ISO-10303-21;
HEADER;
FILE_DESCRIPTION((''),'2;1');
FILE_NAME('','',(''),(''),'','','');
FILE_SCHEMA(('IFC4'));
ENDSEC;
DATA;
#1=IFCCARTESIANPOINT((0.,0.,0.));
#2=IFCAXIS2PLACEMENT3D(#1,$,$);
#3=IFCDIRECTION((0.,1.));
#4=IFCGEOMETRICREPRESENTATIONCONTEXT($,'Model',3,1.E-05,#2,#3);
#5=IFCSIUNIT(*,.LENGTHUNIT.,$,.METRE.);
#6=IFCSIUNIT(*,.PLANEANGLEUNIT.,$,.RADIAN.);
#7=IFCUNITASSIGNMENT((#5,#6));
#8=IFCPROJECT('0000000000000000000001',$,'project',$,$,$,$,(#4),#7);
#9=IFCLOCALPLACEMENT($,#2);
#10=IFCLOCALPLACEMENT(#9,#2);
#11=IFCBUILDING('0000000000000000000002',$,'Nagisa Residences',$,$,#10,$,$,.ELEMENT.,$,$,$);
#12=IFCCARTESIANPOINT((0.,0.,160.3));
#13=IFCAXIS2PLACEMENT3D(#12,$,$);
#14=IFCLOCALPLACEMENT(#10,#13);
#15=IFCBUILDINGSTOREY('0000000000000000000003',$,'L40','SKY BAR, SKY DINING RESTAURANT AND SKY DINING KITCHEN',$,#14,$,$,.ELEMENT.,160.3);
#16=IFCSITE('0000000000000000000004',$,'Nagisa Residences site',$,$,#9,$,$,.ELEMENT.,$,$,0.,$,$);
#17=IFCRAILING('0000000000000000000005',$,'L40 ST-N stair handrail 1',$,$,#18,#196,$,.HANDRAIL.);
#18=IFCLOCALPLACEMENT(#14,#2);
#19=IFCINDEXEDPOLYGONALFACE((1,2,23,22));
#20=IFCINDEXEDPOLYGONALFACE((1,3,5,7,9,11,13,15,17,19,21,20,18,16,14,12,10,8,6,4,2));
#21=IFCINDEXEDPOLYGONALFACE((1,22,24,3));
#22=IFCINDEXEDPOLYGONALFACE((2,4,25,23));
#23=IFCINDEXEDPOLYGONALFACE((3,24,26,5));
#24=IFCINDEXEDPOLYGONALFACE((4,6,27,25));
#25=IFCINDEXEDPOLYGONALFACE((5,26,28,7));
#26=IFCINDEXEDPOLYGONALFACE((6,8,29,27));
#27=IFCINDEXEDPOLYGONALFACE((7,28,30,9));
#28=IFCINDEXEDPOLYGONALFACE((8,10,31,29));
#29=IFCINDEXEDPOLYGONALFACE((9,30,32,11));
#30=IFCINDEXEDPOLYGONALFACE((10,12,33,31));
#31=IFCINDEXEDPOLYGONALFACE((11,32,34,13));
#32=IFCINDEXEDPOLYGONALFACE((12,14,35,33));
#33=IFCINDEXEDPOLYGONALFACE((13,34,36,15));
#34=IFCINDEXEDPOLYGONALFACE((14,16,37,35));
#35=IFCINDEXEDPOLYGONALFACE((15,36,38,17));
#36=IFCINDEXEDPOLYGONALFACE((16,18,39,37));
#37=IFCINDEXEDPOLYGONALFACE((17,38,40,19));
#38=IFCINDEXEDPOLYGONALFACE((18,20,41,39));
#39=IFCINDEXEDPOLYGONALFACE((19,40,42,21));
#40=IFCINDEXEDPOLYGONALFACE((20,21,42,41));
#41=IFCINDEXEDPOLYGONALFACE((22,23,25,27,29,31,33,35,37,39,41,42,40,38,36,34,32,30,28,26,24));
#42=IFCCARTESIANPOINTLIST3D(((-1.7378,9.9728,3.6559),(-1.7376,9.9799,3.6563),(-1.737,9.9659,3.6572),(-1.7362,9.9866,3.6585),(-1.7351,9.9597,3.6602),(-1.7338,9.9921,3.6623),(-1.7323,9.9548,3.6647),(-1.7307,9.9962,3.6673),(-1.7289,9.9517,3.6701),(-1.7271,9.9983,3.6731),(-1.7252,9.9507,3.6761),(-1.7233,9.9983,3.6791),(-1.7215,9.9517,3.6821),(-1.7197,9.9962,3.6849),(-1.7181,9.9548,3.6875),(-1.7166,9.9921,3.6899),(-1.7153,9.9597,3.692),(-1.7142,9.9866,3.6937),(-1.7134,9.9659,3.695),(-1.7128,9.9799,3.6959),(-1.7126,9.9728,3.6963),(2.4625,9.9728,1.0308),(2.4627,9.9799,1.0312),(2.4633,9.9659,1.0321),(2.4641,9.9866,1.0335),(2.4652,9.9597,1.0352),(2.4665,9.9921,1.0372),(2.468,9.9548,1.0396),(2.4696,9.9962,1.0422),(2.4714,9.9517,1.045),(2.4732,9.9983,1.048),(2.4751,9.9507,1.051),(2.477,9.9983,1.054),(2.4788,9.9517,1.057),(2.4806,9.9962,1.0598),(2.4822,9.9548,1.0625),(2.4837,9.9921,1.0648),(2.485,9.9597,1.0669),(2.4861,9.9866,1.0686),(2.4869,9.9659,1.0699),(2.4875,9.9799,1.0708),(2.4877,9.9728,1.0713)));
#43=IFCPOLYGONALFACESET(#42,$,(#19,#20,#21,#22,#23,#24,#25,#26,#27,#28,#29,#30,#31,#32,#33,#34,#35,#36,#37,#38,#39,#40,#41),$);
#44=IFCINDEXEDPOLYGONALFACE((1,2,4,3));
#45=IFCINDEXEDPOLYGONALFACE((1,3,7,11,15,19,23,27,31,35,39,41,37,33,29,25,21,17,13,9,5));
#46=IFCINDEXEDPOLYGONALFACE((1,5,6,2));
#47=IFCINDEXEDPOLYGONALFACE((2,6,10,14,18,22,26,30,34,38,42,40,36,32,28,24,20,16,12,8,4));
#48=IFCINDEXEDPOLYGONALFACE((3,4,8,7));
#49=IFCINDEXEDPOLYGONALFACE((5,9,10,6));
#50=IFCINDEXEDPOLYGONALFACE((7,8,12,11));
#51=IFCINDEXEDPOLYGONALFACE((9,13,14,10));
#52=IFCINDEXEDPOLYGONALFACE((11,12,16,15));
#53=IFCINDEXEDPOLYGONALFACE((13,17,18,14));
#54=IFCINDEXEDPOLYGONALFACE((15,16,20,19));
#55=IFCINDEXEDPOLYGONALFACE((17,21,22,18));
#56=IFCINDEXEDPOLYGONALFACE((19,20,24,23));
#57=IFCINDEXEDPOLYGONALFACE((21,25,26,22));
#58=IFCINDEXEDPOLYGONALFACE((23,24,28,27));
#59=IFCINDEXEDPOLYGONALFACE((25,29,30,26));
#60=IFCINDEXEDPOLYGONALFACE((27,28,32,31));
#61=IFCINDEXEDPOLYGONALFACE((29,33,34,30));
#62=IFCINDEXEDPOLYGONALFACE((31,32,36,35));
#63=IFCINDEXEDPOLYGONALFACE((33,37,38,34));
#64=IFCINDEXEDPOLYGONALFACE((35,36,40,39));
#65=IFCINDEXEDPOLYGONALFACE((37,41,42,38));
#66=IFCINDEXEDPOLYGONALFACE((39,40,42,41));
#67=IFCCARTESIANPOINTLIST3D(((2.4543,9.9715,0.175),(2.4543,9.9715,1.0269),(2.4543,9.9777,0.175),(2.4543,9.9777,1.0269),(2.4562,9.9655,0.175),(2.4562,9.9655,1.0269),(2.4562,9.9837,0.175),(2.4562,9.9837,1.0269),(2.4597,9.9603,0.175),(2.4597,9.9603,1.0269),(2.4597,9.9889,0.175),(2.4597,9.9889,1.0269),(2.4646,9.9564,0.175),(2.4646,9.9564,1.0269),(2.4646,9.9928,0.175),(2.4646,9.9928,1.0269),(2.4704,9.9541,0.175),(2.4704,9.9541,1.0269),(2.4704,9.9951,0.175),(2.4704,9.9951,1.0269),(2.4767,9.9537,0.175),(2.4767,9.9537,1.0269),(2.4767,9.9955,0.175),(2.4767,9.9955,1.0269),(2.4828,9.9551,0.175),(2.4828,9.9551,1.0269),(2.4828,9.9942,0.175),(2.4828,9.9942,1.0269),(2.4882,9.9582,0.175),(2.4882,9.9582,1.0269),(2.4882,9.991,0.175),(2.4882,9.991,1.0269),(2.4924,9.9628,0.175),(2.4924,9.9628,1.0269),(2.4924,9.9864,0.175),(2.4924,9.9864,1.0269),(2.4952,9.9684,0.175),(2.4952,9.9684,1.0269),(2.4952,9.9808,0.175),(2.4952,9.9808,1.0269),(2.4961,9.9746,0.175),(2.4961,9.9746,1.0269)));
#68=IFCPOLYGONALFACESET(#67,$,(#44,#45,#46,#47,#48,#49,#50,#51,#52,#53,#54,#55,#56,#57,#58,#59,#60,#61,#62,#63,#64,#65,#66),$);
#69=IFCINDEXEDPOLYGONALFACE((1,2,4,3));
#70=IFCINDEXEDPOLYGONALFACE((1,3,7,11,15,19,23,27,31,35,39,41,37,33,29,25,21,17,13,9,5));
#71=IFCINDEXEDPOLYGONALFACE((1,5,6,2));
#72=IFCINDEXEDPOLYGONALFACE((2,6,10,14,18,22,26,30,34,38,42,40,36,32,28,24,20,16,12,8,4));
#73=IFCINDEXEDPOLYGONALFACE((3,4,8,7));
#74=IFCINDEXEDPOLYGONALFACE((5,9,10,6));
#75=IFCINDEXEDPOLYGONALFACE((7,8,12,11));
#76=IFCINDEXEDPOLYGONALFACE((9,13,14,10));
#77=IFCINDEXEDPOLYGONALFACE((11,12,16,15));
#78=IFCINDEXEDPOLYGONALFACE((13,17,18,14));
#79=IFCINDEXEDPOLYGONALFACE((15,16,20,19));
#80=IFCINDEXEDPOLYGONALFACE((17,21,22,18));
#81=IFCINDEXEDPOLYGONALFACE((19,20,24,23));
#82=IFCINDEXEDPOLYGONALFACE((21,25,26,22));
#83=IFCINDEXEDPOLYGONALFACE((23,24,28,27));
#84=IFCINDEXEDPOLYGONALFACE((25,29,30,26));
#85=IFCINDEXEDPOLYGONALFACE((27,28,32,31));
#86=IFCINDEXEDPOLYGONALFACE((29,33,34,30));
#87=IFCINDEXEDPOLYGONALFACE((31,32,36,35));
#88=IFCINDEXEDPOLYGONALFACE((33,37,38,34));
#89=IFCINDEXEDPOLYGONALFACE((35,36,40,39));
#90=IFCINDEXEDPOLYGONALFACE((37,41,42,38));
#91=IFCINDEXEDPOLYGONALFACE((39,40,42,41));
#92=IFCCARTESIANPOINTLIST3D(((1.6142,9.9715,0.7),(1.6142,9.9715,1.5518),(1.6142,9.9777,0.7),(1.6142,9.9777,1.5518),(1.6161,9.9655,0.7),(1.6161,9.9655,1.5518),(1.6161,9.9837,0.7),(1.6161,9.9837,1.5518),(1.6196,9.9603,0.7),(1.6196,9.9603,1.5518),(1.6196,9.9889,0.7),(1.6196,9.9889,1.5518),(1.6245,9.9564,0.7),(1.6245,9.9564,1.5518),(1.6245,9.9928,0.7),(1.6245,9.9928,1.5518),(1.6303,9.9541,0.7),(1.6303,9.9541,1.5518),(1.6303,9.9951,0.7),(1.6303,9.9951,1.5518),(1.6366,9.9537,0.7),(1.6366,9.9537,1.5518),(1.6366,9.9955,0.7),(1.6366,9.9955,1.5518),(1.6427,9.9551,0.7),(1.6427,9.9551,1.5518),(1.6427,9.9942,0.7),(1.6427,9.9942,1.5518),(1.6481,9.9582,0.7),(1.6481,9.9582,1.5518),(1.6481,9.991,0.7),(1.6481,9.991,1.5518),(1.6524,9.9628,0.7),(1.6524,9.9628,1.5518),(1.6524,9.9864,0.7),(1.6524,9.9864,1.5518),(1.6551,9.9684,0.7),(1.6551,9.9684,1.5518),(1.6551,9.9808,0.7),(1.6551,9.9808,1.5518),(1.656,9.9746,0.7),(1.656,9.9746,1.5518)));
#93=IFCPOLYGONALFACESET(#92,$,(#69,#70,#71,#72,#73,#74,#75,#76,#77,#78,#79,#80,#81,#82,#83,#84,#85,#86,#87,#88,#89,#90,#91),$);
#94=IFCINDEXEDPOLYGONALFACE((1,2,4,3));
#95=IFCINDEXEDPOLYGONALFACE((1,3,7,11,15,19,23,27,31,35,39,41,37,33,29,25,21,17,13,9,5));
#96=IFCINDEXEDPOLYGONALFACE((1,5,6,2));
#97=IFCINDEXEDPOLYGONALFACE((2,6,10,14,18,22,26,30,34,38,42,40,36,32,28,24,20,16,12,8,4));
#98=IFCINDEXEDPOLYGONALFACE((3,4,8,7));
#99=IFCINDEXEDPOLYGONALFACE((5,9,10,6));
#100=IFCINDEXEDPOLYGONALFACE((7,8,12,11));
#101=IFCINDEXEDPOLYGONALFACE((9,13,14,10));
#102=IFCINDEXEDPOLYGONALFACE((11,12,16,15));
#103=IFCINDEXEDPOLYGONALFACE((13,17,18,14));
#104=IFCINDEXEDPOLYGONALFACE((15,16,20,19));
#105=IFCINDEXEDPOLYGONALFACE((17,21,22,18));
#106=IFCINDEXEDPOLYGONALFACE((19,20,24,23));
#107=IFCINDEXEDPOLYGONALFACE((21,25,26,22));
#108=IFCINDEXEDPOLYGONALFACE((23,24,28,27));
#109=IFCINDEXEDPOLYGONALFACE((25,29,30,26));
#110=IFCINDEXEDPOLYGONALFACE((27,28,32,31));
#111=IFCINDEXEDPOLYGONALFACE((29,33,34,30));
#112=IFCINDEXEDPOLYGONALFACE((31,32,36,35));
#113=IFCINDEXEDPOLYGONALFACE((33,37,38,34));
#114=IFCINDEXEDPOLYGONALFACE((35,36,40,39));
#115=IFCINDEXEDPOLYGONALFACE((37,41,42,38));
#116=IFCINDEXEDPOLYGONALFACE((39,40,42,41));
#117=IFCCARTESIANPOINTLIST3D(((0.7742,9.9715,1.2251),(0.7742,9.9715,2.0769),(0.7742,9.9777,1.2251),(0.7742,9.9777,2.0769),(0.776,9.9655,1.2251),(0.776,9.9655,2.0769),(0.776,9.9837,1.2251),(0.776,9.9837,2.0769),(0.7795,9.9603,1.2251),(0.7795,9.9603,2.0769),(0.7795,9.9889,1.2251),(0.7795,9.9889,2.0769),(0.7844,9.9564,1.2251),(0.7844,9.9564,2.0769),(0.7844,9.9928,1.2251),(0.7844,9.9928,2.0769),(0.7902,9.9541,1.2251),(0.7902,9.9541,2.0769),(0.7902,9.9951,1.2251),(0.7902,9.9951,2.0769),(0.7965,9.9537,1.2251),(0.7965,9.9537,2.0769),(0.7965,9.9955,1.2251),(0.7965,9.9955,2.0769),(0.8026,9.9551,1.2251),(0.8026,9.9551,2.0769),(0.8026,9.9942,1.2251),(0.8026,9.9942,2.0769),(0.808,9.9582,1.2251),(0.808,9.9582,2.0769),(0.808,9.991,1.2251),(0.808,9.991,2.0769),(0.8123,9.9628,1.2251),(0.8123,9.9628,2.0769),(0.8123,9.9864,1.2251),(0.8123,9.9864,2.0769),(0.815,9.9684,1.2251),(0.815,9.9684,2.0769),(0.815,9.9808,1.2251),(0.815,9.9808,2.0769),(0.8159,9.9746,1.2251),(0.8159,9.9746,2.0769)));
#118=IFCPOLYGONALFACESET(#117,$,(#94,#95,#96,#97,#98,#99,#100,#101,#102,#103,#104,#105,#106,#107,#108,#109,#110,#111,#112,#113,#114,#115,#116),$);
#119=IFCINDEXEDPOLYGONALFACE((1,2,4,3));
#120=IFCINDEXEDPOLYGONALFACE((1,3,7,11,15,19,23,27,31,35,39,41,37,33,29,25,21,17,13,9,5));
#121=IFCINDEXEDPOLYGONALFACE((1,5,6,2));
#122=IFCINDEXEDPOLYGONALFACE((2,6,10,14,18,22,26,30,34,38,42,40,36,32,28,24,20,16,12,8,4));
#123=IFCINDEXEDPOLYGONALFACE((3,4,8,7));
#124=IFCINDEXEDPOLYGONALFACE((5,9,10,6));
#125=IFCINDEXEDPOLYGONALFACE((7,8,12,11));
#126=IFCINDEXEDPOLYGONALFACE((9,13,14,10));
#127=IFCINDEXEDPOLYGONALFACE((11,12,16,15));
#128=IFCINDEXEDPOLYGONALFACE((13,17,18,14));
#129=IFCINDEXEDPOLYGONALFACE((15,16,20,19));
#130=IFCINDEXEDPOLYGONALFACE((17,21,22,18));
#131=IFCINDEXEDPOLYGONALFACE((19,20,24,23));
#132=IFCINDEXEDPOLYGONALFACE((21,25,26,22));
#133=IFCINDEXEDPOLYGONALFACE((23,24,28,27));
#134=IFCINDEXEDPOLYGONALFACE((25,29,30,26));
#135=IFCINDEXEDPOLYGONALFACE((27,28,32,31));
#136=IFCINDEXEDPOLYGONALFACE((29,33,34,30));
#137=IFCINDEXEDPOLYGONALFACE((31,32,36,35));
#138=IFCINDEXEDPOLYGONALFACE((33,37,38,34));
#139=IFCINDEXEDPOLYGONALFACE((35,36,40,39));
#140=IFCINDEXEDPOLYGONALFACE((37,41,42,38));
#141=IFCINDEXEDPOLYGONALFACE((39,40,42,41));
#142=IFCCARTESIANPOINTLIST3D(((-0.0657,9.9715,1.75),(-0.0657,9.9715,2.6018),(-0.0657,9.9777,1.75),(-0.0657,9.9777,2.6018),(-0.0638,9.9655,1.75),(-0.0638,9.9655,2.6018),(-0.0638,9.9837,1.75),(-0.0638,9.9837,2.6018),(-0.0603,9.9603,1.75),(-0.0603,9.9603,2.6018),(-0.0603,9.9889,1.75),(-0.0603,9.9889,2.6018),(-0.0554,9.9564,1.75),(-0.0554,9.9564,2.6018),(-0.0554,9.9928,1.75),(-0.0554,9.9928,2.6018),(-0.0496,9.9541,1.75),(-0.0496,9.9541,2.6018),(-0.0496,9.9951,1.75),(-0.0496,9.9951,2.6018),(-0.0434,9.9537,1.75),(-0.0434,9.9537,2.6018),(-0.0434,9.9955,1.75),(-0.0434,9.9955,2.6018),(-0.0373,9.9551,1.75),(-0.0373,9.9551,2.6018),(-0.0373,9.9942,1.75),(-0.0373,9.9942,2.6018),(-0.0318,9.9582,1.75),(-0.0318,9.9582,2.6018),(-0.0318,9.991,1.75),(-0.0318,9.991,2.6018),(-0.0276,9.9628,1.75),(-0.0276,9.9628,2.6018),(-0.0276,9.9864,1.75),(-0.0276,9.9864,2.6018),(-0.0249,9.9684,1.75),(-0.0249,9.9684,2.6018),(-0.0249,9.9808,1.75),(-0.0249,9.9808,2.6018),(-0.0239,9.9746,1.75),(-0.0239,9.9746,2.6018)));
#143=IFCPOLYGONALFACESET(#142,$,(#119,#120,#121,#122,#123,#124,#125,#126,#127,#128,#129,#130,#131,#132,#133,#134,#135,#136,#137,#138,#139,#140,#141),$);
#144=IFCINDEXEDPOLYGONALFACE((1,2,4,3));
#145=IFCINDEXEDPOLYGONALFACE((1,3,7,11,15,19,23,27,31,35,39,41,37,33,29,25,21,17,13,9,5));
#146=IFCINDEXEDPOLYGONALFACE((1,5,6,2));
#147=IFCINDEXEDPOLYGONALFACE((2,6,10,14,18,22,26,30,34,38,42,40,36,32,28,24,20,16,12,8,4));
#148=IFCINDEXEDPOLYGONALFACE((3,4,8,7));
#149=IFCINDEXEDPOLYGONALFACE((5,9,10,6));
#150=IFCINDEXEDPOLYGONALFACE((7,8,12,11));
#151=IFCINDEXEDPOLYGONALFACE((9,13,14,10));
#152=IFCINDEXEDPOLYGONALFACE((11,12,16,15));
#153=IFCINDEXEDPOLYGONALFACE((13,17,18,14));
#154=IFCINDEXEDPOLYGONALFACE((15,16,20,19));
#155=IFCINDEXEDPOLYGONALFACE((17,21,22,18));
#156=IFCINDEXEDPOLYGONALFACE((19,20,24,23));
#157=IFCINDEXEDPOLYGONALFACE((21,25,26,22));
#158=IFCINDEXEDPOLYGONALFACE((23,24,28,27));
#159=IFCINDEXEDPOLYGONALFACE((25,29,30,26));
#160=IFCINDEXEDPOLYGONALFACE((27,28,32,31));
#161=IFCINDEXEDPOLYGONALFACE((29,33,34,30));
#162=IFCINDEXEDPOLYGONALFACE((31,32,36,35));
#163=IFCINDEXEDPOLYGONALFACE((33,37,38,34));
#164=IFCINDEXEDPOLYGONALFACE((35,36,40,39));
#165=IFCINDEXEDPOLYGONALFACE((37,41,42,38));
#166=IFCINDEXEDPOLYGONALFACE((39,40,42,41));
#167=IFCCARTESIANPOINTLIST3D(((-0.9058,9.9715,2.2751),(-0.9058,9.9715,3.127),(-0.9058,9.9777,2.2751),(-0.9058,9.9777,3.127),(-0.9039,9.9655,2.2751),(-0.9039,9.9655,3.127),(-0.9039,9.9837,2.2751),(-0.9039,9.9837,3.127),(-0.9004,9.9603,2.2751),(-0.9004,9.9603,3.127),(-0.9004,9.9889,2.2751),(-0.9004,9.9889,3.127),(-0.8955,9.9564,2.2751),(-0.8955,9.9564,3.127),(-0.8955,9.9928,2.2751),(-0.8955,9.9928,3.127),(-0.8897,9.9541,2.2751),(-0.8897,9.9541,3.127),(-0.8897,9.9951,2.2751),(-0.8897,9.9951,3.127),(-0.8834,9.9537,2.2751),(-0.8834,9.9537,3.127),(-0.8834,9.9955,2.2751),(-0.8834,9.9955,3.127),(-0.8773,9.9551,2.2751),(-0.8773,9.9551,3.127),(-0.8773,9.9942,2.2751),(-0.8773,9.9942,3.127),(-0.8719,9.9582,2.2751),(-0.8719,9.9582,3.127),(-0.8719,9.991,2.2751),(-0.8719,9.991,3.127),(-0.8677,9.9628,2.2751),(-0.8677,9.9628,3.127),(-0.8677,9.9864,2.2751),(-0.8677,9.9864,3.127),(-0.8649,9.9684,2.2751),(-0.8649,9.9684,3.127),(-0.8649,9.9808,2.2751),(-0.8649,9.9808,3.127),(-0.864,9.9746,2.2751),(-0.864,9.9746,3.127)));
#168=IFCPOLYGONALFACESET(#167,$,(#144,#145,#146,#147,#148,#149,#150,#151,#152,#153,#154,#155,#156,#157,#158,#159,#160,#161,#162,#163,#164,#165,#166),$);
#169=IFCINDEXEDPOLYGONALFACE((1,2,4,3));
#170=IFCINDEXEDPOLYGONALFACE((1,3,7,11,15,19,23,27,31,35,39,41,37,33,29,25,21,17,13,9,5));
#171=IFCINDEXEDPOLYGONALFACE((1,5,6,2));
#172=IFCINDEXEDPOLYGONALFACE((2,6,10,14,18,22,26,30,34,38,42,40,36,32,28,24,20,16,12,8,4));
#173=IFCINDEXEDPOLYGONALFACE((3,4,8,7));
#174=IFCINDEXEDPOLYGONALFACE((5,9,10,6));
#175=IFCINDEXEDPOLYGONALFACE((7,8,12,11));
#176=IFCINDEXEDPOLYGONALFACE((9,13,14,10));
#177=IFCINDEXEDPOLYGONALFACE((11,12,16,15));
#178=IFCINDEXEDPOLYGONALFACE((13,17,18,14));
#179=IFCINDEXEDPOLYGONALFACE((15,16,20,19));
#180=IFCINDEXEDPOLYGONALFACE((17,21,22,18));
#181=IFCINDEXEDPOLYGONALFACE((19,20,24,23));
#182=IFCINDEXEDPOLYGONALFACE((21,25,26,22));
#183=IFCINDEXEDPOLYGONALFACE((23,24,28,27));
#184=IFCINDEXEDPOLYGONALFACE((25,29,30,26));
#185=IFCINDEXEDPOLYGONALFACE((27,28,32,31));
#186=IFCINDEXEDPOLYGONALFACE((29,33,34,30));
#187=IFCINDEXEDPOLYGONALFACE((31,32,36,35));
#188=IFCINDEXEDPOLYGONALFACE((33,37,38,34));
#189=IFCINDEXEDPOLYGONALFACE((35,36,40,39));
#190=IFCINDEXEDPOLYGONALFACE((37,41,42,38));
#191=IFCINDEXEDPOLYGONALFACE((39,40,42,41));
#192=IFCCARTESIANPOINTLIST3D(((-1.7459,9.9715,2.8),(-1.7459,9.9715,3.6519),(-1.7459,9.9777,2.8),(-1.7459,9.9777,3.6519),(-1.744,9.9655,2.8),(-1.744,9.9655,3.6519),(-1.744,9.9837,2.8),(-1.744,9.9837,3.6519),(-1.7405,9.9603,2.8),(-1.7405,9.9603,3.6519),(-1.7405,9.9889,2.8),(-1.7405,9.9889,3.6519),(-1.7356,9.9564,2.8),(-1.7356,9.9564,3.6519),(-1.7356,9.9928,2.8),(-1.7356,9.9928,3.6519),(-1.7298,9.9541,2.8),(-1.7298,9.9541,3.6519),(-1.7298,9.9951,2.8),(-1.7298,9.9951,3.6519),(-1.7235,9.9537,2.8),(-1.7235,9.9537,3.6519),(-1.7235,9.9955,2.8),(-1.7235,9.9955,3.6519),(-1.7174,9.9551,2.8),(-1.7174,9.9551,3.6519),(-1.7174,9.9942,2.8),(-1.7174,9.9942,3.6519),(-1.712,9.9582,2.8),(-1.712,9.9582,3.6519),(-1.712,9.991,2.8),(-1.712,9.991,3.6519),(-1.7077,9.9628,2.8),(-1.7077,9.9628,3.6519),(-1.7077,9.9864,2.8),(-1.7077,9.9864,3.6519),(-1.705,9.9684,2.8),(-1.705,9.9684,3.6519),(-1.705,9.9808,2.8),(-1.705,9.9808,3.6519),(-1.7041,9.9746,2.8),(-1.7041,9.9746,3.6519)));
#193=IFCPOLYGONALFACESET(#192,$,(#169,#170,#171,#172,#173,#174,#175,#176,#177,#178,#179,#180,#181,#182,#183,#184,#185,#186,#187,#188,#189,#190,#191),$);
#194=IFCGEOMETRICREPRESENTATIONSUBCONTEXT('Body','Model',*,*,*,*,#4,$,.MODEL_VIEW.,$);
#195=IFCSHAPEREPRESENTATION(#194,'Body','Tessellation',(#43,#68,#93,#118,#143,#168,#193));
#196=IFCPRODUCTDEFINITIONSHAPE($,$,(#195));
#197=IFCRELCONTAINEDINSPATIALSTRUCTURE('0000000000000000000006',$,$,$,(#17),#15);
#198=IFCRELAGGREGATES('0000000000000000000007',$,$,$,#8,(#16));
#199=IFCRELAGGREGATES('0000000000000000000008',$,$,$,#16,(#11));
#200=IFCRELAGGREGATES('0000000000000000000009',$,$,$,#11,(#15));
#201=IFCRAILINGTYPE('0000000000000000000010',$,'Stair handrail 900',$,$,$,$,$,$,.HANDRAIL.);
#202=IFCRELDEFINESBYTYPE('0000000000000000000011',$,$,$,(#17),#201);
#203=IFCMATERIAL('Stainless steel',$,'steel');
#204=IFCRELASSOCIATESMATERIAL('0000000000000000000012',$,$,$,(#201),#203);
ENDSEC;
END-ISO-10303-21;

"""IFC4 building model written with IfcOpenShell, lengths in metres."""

from ifc_helpers import new_model, si_unit, direction, frame, origin, origin_2d, place, context, subcontext, project, spatial, circle, extrude, material, type_object, element, save


model = new_model("IFC4")

# Units and contexts
model_context = context("Model", 3, precision=1e-05, world=origin(), true_north=direction((0.0, 1.0)))
body_context = subcontext(model_context, "Body", "Model", "MODEL_VIEW")
ifc_project = project(units=[si_unit("LENGTHUNIT", "METRE"), si_unit("PLANEANGLEUNIT", "RADIAN")], contexts=[model_context])

# Site, building, storey
site_placement = place(None, origin())
site = spatial("IfcSite", under=ifc_project, at=site_placement, Name="Nagisa Residences site", CompositionType="ELEMENT", RefElevation=0.0)
building_placement = place(site_placement, origin())
building = spatial("IfcBuilding", under=site, at=building_placement, Name="Nagisa Residences", CompositionType="ELEMENT")
storey_placement = place(building_placement, frame((0.0, 0.0, 160.3)))
storey = spatial("IfcBuildingStorey", under=building, at=storey_placement, Name="L40", Description="SKY BAR, SKY DINING RESTAURANT AND SKY DINING KITCHEN", CompositionType="ELEMENT", Elevation=160.3)

# Railing
ifc_material_1 = material(Name="Stainless steel", Category="steel")
railing_type_1 = type_object("IfcRailingType", Name="Stair handrail 900", PredefinedType="HANDRAIL", material=ifc_material_1)
railing_1_placement = place(storey_placement, frame((2.4751, 9.9746, 0.175)))
element("IfcRailing", 1, at=railing_1_placement, inside=storey, type_object=railing_type_1, Name="L40 ST-N stair handrail 1", PredefinedType="HANDRAIL", context=body_context, shape_type="SweptSolid", body=[
    extrude(circle(Radius=0.0239, at=origin_2d()), frame((0.0, 0.0, 0.876), z_axis=(-0.848009, 0.0, 0.529981), x_axis=(0.0, -1.0, 0.0)), (0.0, 0.0, 1.0), 4.9531),
    extrude(circle(Radius=0.021, at=origin_2d()), origin(), (0.0, 0.0, 1.0), 0.8518),
    extrude(circle(Radius=0.021, at=origin_2d()), frame((-0.8401, 0.0, 0.5249)), (0.0, 0.0, 1.0), 0.8518),
    extrude(circle(Radius=0.021, at=origin_2d()), frame((-1.6802, 0.0, 1.05)), (0.0, 0.0, 1.0), 0.8518),
    extrude(circle(Radius=0.021, at=origin_2d()), frame((-2.52, 0.0, 1.575)), (0.0, 0.0, 1.0), 0.8518),
    extrude(circle(Radius=0.021, at=origin_2d()), frame((-3.3601, 0.0, 2.1001)), (0.0, 0.0, 1.0), 0.8518),
    extrude(circle(Radius=0.021, at=origin_2d()), frame((-4.2002, 0.0, 2.625)), (0.0, 0.0, 1.0), 0.8518),
])

save(model, "model.ifc")
